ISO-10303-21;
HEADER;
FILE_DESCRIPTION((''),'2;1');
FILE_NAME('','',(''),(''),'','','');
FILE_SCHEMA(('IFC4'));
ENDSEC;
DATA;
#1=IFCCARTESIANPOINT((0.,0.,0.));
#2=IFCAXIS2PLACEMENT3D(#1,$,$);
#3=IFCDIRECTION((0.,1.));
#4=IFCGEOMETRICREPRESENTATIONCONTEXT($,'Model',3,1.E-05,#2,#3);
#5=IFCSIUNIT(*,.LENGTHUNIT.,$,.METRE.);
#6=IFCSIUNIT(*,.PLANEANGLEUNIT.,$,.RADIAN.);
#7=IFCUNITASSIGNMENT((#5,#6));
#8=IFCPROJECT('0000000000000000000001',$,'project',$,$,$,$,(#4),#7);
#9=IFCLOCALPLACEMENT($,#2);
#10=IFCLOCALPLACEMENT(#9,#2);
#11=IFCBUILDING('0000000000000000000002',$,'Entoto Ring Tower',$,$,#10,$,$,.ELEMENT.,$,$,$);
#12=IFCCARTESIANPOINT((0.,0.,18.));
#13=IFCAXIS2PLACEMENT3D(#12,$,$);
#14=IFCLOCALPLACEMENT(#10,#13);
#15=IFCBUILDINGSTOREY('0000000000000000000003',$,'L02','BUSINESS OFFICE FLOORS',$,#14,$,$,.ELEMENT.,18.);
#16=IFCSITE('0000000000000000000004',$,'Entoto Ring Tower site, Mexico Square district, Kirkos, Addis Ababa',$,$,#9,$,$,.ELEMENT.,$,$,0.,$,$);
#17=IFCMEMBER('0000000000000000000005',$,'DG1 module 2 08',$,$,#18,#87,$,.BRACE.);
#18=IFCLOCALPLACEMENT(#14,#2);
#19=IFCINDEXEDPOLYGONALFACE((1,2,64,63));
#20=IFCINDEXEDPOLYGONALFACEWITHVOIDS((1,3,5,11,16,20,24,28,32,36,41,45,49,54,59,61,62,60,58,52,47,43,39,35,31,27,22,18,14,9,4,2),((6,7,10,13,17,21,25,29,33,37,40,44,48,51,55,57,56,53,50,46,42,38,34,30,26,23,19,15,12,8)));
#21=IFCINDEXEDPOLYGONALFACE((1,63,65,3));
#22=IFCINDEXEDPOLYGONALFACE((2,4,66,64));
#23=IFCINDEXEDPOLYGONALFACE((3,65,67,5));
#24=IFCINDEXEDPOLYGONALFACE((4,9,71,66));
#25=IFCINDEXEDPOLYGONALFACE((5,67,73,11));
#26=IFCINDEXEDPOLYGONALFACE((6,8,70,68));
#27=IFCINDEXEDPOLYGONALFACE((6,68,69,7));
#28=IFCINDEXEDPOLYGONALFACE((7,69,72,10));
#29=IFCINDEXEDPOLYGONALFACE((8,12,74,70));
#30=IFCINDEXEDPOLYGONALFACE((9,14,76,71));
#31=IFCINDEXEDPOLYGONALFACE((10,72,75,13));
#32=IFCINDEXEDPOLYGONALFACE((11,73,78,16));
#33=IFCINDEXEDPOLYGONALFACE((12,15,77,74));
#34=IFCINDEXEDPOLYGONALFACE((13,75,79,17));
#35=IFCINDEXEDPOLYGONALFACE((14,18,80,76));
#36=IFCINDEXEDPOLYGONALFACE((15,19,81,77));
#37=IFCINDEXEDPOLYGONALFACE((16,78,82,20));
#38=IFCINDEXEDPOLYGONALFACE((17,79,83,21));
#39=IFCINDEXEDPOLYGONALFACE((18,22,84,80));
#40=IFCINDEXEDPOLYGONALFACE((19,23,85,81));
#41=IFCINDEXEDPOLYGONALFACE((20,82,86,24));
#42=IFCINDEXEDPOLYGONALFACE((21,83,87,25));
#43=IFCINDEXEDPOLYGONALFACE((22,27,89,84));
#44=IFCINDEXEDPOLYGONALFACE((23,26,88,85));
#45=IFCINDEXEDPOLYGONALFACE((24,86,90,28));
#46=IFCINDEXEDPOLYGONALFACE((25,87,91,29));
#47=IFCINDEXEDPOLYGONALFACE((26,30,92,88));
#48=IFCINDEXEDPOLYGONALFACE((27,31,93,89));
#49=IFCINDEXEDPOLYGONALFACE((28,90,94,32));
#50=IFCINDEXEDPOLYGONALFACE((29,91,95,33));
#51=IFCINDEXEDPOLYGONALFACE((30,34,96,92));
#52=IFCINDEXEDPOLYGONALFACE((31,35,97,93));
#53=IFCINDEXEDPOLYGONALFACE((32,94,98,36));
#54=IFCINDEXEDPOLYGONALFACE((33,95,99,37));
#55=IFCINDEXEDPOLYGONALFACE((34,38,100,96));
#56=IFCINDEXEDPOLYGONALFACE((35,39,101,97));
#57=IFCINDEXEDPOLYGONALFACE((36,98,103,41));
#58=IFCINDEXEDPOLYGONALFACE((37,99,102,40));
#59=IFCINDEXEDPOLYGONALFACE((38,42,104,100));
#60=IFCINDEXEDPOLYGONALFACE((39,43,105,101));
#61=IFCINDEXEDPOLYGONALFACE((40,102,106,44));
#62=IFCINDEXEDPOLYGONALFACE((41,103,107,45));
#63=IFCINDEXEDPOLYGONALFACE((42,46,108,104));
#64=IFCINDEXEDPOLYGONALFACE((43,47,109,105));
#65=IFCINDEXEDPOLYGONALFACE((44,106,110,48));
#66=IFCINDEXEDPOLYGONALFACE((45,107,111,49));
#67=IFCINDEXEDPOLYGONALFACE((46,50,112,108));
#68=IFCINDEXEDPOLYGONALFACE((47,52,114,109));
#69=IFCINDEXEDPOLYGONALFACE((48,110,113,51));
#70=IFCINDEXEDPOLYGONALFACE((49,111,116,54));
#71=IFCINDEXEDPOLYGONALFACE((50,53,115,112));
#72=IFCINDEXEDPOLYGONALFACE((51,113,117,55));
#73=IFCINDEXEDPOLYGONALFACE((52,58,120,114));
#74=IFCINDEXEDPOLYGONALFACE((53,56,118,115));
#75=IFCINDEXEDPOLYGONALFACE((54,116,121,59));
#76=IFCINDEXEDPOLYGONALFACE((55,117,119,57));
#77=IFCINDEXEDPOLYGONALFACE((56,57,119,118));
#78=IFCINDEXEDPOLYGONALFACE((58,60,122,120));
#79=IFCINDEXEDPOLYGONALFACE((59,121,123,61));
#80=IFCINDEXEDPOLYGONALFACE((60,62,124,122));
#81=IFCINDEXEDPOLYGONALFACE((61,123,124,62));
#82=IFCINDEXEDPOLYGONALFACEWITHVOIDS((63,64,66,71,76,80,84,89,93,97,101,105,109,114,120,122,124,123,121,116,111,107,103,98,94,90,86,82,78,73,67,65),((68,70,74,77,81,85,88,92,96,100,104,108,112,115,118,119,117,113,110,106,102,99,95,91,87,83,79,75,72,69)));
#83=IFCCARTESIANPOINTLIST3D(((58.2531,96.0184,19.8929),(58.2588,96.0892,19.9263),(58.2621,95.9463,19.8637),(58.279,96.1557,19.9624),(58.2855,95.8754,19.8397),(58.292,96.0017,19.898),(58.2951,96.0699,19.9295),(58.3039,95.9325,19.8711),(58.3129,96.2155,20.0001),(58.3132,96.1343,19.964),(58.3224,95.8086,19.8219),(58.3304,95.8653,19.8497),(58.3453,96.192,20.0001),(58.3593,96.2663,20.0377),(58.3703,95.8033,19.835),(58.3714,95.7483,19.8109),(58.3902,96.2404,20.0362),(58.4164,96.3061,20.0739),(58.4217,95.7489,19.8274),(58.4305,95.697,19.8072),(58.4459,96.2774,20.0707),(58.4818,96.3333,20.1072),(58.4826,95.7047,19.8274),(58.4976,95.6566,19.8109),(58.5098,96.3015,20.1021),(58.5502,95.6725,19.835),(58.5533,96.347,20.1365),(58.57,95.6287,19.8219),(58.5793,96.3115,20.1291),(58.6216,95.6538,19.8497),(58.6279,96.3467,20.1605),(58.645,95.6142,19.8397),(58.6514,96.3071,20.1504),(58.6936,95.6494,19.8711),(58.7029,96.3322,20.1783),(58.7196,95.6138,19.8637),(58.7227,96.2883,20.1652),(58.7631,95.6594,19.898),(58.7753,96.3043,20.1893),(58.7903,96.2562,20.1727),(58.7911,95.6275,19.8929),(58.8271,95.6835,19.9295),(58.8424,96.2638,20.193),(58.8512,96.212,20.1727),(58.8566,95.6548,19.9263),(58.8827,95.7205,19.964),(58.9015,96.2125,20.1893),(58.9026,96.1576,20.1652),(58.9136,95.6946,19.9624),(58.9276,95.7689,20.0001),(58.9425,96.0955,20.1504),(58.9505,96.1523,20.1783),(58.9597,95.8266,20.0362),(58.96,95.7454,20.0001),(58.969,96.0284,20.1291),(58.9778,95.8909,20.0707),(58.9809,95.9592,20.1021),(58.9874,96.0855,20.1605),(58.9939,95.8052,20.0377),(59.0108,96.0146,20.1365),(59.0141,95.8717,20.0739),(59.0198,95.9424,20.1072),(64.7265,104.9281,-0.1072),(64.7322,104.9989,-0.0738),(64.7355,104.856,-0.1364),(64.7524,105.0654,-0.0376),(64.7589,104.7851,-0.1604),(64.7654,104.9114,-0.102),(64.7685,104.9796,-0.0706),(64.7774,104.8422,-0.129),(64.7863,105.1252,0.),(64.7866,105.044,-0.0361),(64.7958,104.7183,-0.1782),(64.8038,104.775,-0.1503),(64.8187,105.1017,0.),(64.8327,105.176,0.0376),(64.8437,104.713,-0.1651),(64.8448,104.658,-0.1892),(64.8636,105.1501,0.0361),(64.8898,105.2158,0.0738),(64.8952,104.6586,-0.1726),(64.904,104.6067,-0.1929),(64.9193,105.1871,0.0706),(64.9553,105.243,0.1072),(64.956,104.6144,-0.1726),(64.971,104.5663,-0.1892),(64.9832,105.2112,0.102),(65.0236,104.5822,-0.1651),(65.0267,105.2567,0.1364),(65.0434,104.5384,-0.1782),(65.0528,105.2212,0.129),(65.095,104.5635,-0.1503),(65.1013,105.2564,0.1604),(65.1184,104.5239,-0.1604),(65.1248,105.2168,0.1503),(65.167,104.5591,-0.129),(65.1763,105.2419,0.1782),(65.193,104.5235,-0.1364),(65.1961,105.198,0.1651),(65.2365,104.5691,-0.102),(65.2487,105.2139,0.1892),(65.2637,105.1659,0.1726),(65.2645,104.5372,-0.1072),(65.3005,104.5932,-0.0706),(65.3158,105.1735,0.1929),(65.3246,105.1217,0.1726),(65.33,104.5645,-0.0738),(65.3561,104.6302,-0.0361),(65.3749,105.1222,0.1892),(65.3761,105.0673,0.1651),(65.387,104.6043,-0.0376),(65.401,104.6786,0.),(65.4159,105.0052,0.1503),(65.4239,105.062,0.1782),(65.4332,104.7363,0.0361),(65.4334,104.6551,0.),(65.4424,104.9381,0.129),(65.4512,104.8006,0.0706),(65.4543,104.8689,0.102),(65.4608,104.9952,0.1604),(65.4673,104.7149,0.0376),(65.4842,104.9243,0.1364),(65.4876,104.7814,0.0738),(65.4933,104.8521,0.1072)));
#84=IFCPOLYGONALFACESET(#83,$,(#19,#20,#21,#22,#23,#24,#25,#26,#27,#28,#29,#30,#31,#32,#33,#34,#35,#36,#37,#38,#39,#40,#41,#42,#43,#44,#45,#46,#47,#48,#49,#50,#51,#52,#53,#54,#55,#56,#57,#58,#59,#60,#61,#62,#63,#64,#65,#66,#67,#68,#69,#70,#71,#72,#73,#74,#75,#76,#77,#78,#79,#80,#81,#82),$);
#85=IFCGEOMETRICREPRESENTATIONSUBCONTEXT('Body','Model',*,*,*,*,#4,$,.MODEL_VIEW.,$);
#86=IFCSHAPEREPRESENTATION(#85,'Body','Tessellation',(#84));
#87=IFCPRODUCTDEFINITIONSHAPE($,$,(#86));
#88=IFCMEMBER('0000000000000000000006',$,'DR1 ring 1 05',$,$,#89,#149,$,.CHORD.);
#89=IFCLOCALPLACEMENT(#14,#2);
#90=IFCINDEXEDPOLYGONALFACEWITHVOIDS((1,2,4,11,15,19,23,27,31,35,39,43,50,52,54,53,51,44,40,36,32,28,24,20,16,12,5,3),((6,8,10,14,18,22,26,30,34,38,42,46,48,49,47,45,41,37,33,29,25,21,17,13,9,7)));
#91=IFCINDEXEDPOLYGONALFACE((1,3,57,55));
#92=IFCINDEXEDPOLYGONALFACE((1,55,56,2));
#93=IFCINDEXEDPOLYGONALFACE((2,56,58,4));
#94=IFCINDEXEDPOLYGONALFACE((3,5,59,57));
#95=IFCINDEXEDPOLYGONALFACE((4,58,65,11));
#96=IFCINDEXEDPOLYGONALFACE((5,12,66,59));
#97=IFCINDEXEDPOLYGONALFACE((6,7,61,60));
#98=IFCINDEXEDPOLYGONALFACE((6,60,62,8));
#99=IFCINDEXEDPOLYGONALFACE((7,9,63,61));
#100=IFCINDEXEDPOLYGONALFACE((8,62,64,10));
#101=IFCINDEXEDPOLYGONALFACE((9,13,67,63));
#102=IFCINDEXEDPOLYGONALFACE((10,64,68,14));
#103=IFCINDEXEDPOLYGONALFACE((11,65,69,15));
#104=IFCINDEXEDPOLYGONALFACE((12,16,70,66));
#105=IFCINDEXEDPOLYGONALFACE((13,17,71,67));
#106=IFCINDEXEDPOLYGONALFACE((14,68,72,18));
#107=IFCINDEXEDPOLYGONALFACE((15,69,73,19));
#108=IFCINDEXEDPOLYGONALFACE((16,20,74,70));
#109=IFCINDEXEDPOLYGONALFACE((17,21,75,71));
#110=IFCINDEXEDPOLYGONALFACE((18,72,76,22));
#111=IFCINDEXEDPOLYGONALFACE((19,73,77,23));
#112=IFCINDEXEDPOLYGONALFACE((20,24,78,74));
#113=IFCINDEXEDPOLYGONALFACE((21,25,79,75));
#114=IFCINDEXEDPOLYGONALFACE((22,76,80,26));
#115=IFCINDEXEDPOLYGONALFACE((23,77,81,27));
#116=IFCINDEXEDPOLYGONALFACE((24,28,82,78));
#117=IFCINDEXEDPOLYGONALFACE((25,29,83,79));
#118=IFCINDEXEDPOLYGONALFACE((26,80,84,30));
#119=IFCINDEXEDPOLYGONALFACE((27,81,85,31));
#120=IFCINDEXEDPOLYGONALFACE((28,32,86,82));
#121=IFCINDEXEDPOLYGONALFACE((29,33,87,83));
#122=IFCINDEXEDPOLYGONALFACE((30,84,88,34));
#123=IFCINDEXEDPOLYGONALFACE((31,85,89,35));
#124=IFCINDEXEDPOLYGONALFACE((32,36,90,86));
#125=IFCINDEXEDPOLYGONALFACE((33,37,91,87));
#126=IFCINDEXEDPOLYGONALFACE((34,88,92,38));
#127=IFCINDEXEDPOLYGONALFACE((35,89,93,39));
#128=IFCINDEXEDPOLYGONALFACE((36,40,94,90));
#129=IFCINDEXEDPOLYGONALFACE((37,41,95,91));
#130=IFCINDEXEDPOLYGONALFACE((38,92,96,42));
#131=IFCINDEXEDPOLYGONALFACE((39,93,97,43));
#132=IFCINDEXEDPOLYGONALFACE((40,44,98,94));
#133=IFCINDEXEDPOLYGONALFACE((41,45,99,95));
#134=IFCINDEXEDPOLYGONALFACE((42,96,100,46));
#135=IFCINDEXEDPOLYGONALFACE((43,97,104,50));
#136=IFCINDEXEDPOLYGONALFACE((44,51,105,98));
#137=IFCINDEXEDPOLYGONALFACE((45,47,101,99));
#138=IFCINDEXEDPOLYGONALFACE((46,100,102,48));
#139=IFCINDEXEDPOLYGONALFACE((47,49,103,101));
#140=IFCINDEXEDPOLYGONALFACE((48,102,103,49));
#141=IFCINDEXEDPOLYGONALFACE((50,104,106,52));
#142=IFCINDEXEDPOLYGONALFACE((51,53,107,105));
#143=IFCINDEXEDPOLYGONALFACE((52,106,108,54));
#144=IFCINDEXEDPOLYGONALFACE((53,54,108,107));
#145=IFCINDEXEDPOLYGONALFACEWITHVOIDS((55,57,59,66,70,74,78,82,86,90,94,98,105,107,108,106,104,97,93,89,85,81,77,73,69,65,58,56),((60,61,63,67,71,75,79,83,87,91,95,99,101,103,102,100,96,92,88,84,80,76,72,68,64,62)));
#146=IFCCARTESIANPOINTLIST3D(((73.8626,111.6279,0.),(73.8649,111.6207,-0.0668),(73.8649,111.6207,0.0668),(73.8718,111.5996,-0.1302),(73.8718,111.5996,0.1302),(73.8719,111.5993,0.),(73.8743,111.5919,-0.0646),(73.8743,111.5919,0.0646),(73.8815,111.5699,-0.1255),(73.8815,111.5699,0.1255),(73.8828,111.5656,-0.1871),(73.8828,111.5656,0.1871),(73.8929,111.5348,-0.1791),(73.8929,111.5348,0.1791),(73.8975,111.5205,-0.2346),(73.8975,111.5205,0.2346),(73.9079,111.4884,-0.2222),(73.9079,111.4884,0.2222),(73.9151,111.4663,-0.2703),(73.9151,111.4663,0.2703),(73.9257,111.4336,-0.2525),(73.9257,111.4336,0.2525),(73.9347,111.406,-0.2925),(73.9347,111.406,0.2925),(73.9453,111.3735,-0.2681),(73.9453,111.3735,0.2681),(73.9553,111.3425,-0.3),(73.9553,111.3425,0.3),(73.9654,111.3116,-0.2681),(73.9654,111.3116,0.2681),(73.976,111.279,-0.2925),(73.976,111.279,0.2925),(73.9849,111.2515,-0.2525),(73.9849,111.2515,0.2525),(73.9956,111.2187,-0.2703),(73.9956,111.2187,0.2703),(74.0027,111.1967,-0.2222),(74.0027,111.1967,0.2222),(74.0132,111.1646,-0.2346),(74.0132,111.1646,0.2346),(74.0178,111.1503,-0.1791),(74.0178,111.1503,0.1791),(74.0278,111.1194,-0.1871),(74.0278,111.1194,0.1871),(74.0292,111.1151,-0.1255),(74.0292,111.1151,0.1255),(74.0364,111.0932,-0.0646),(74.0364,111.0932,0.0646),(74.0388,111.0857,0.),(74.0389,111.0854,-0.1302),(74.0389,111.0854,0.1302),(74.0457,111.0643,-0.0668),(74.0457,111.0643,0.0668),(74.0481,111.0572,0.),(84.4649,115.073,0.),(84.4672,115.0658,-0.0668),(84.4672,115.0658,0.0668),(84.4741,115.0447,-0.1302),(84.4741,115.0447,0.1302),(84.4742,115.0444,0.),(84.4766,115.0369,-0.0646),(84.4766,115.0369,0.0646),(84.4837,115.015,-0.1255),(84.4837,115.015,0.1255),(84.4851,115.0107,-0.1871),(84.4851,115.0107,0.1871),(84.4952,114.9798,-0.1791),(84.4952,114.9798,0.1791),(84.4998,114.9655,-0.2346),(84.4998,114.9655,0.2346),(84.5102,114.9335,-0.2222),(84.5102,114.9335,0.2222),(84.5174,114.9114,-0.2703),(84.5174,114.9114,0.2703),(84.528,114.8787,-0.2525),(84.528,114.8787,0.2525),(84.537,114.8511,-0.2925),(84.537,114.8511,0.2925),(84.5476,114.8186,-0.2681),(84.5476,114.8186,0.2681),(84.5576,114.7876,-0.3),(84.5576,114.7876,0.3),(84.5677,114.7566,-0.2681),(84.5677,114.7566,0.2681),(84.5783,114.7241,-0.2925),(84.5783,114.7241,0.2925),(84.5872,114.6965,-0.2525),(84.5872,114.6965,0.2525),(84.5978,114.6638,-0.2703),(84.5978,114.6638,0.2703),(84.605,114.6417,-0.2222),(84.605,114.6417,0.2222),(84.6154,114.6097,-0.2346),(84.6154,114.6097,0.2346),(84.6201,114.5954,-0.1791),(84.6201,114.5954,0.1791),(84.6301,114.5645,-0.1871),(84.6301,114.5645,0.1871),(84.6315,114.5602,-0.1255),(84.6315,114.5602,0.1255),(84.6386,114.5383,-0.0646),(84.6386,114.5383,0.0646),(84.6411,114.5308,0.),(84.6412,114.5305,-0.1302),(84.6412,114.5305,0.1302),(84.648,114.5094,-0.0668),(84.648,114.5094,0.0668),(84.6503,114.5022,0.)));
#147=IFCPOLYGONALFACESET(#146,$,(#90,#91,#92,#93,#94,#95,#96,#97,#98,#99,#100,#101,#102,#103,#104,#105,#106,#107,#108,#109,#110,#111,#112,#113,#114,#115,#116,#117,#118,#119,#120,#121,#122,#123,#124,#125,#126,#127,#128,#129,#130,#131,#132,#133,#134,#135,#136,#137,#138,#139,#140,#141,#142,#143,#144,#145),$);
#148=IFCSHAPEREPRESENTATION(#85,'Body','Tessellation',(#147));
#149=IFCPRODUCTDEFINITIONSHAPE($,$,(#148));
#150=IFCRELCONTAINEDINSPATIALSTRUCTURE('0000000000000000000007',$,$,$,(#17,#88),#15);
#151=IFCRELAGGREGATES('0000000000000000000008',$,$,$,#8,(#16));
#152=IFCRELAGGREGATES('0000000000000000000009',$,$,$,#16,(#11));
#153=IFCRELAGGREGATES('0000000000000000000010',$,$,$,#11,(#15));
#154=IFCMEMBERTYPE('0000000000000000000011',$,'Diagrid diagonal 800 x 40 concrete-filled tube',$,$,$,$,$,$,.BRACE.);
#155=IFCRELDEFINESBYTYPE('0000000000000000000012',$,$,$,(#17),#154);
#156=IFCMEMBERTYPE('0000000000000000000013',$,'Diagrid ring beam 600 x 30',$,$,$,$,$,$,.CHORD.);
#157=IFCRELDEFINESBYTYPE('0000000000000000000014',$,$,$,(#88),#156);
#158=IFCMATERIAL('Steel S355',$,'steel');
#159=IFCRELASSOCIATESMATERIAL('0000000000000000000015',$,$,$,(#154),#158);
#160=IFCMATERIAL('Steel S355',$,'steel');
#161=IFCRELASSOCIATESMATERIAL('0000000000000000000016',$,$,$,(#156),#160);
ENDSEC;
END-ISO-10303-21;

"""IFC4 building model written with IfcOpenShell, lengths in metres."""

from ifc_helpers import new_model, si_unit, direction, frame, origin, origin_2d, place, context, subcontext, project, spatial, circle, hollow_circle, extrude, material, material_profile, profile_set, type_object, element, save


model = new_model("IFC4")

# Units and contexts
model_context = context("Model", 3, precision=1e-05, world=origin(), true_north=direction((0.0, 1.0)))
body_context = subcontext(model_context, "Body", "Model", "MODEL_VIEW")
ifc_project = project(units=[si_unit("LENGTHUNIT", "METRE"), si_unit("PLANEANGLEUNIT", "RADIAN")], contexts=[model_context])

# Site, building, storey
site_placement = place(None, origin())
site = spatial("IfcSite", under=ifc_project, at=site_placement, Name="Entoto Ring Tower site, Mexico Square district, Kirkos, Addis Ababa", CompositionType="ELEMENT", RefElevation=0.0)
building_placement = place(site_placement, origin())
building = spatial("IfcBuilding", under=site, at=building_placement, Name="Entoto Ring Tower", CompositionType="ELEMENT")
storey_placement = place(building_placement, frame((0.0, 0.0, 18.0)))
storey = spatial("IfcBuildingStorey", under=building, at=storey_placement, Name="L02", Description="BUSINESS OFFICE FLOORS", CompositionType="ELEMENT", Elevation=18.0)

# Members
ifc_material_1 = material(Name="Steel S355", Category="steel")
ifc_material_profile_1 = material_profile(ifc_material_1, hollow_circle(Radius=0.3999, WallThickness=0.04, at=origin_2d()), Name="CHS 800 x 40")
ifc_material_2 = material(Name="Concrete C60/75", Category="concrete")
ifc_material_profile_2 = material_profile(ifc_material_2, circle(Radius=0.3601, at=origin_2d()), Name="Concrete C60/75 infill")
ifc_profile_set_1 = profile_set([ifc_material_profile_1, ifc_material_profile_2], Name="Steel S355")
member_type_1 = type_object("IfcMemberType", Name="Diagrid diagonal 800 x 40 concrete-filled tube", PredefinedType="BRACE", material=ifc_profile_set_1)
for number, where, z_axis, x_axis, name in (
    (1, (65.1099, 104.8901, 0.0), (-0.283526, -0.390232, 0.875975), (0.809011, -0.587793, 0.0), "DG1 module 2 08"),
):
    element("IfcMember", number, at=place(storey_placement, frame(where, z_axis=z_axis, x_axis=x_axis)), inside=storey, type_object=member_type_1, Name=name, PredefinedType="BRACE", context=body_context, shape_type="SweptSolid", body=[
        extrude(hollow_circle(Radius=0.3999, WallThickness=0.04, at=origin_2d()), origin(), (0.0, 0.0, 1.0), 22.8318),
    ])
ifc_material_3 = material(Name="Steel S355", Category="steel")
ifc_material_profile_3 = material_profile(ifc_material_3, hollow_circle(Radius=0.3, WallThickness=0.03, at=origin_2d()), Name="CHS 600 x 30")
ifc_material_4 = material(Name="Concrete C60/75", Category="concrete")
ifc_material_profile_4 = material_profile(ifc_material_4, circle(Radius=0.27, at=origin_2d()), Name="Concrete C60/75 infill")
ifc_profile_set_2 = profile_set([ifc_material_profile_3, ifc_material_profile_4], Name="Steel S355")
member_type_2 = type_object("IfcMemberType", Name="Diagrid ring beam 600 x 30", PredefinedType="CHORD", material=ifc_profile_set_2)
for number, where, z_axis, x_axis, name in (
    (2, (84.5576, 114.7876, 0.0), (-0.951052, -0.309031, 0.0), (0.309031, -0.951052, 0.0), "DR1 ring 1 05"),
):
    element("IfcMember", number, at=place(storey_placement, frame(where, z_axis=z_axis, x_axis=x_axis)), inside=storey, type_object=member_type_2, Name=name, PredefinedType="CHORD", context=body_context, shape_type="SweptSolid", body=[
        extrude(hollow_circle(Radius=0.3, WallThickness=0.03, at=origin_2d()), origin(), (0.0, 0.0, 1.0), 11.1479),
    ])

save(model, "model.ifc")
